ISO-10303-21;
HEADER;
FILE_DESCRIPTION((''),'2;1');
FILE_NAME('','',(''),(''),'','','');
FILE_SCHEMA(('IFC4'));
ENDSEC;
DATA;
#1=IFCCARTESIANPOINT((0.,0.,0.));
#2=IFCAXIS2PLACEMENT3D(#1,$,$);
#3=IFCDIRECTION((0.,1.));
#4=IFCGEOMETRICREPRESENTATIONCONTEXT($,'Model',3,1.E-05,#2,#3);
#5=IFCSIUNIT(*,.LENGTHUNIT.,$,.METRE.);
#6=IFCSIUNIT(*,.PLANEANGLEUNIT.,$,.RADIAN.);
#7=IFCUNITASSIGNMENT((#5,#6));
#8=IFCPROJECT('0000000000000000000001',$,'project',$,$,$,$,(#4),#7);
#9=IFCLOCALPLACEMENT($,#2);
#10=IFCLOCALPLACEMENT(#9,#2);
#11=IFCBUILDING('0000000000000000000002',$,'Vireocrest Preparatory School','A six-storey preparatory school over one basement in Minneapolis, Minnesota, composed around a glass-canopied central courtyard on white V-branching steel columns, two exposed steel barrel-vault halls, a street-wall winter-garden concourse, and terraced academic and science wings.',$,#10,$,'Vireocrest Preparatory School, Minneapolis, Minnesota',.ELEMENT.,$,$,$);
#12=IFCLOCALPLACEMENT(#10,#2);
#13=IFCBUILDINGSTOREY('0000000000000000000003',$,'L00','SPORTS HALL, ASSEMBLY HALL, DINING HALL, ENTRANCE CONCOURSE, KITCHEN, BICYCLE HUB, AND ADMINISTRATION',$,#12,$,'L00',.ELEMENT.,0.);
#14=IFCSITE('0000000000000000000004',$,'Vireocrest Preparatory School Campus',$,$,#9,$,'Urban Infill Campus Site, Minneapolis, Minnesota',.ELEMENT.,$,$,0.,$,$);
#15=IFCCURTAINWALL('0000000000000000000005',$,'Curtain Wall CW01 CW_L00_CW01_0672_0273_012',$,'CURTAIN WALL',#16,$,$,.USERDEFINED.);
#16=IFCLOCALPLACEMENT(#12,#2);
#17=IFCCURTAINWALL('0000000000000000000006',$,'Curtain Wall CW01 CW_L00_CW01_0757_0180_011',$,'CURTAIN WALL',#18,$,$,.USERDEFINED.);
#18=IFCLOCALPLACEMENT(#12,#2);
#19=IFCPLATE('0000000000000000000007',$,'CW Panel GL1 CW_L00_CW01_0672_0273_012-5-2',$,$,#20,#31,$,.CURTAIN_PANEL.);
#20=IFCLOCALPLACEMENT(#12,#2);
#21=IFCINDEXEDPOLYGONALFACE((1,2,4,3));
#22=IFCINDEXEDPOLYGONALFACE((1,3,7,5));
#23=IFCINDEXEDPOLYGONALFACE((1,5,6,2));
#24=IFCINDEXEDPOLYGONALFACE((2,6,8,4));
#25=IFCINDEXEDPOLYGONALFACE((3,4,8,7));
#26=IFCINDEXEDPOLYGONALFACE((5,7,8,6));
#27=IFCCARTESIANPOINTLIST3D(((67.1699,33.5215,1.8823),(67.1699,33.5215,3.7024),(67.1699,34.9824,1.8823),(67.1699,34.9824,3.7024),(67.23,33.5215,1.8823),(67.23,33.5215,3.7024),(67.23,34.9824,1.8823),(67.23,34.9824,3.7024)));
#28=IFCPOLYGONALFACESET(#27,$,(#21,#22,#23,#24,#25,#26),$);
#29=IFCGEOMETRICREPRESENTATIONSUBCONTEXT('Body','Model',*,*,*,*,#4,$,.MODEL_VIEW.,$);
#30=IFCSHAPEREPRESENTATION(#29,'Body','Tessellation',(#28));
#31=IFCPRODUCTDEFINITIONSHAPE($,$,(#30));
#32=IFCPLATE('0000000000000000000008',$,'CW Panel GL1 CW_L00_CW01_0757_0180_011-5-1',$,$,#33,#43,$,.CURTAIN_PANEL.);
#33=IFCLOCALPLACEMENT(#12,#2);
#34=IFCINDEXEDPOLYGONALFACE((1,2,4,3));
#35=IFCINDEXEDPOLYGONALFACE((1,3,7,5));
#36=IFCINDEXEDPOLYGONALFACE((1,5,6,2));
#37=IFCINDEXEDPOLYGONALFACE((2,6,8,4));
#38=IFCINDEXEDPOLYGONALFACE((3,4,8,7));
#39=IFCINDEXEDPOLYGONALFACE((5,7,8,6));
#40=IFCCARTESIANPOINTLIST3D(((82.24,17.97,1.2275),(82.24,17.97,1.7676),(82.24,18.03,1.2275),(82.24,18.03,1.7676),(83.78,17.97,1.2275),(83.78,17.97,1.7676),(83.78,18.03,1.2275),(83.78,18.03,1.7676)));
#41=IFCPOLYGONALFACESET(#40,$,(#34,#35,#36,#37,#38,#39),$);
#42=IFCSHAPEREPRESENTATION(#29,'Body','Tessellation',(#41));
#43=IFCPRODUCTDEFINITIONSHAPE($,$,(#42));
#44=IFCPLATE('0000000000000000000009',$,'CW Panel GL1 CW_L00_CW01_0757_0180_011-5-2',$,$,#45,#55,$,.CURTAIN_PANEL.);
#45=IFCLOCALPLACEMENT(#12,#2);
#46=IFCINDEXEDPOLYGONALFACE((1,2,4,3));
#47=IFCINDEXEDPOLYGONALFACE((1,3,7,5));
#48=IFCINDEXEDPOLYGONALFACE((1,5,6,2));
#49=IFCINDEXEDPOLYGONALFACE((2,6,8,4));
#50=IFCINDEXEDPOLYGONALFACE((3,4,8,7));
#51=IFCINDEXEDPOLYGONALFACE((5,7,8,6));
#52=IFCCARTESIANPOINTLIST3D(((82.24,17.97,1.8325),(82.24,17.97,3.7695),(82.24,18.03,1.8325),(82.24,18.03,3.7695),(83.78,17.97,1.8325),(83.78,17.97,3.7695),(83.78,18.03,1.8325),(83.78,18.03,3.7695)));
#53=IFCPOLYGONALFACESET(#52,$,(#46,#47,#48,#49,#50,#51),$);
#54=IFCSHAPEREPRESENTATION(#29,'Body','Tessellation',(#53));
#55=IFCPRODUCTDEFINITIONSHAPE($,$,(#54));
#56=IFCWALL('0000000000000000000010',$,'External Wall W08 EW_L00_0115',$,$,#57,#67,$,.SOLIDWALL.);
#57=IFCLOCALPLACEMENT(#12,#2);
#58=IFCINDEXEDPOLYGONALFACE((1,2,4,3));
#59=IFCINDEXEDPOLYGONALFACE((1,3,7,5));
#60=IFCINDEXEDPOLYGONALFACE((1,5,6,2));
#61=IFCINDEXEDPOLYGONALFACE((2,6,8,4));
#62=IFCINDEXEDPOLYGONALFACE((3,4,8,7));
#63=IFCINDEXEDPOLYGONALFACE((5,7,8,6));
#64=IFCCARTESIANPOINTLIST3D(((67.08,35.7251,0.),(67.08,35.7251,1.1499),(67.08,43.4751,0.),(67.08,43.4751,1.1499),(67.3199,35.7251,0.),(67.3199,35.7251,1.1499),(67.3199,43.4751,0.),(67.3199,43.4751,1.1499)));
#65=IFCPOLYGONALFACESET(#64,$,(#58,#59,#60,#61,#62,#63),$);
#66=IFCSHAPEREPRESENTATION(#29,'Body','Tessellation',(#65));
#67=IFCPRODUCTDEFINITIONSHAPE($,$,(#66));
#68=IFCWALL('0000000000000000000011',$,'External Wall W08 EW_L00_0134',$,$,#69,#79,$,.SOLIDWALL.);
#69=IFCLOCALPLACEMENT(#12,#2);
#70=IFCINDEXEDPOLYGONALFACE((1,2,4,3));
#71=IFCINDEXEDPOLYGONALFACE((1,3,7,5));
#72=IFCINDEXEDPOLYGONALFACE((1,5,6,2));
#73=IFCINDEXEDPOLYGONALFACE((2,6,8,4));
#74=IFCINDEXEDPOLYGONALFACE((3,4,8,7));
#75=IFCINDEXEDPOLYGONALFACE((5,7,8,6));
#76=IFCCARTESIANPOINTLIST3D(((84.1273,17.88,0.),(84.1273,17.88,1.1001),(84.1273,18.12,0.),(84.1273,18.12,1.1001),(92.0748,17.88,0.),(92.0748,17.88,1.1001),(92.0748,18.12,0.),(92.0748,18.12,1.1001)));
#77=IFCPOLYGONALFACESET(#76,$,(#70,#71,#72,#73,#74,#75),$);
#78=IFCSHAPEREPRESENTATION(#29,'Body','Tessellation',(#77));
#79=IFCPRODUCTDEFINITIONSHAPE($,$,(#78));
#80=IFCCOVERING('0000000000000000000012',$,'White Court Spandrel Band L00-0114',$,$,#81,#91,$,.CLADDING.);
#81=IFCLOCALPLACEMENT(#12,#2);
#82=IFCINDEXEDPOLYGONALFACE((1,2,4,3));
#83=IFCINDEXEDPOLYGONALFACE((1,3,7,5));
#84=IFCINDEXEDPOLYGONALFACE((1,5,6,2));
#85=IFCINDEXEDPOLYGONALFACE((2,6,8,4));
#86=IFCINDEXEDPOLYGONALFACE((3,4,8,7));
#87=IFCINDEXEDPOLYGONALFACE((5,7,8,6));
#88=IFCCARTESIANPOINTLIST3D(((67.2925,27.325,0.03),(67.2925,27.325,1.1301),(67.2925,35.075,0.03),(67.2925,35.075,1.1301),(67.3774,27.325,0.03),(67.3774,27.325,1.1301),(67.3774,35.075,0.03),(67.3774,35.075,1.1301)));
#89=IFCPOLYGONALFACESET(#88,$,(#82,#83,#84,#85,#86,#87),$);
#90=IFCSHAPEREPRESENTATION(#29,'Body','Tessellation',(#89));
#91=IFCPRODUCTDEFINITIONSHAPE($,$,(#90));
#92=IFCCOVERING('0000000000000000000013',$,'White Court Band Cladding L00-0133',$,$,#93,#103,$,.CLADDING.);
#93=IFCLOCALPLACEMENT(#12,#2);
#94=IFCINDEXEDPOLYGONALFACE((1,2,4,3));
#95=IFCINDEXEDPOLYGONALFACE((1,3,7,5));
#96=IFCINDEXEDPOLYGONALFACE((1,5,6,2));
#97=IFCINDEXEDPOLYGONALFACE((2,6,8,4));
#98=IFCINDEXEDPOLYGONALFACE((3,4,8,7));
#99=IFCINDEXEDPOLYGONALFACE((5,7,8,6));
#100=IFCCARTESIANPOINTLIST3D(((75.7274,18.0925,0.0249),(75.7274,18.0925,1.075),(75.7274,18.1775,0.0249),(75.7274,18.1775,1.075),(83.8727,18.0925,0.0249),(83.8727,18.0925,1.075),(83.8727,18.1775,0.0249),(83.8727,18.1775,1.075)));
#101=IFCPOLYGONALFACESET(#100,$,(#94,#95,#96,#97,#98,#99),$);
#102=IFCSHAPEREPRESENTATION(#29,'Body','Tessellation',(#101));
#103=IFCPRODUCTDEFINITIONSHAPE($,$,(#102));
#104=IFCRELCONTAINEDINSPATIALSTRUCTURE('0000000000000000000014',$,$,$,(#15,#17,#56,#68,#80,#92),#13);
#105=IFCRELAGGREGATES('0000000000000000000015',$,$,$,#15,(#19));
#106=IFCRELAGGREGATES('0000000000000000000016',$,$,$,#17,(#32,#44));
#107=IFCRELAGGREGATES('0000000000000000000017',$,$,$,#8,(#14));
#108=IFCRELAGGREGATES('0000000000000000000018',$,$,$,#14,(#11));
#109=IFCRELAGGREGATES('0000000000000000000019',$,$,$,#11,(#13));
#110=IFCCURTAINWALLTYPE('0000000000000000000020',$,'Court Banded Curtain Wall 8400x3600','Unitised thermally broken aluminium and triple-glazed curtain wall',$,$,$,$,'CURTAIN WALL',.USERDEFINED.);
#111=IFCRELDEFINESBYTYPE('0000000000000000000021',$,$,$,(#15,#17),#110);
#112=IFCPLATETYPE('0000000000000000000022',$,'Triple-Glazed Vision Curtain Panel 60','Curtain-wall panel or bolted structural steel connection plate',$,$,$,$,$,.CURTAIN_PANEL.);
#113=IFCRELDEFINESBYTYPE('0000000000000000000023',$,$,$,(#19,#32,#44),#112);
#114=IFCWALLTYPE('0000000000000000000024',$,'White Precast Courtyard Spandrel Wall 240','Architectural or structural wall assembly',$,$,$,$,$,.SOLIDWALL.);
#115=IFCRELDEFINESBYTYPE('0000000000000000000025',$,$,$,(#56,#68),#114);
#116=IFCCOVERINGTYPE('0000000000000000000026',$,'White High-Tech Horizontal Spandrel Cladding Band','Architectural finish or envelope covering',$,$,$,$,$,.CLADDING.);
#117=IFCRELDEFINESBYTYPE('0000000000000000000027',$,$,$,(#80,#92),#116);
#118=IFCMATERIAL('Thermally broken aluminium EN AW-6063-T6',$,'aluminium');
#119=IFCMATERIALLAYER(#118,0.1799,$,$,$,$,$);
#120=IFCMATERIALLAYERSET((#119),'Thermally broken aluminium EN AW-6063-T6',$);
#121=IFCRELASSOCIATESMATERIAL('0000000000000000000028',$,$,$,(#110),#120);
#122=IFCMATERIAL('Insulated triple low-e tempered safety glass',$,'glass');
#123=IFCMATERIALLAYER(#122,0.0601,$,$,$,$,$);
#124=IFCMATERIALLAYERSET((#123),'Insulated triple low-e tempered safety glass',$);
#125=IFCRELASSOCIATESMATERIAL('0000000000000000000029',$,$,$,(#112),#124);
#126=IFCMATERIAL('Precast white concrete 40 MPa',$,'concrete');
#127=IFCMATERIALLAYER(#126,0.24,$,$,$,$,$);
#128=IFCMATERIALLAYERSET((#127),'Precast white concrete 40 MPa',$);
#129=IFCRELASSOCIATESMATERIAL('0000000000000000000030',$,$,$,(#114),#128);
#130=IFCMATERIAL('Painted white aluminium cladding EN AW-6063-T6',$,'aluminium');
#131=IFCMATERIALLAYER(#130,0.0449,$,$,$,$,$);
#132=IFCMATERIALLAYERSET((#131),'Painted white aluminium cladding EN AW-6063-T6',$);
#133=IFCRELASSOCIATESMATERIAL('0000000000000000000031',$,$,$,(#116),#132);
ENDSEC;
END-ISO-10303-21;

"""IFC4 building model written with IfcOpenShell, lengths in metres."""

from ifc_helpers import new_model, si_unit, direction, frame, frame_2d, origin, origin_2d, place, context, subcontext, project, spatial, rectangle, extrude, material, layer, layer_set, type_object, element, aggregate, save


model = new_model("IFC4")

# Units and contexts
model_context = context("Model", 3, precision=1e-05, world=origin(), true_north=direction((0.0, 1.0)))
body_context = subcontext(model_context, "Body", "Model", "MODEL_VIEW")
ifc_project = project(units=[si_unit("LENGTHUNIT", "METRE"), si_unit("PLANEANGLEUNIT", "RADIAN")], contexts=[model_context])

# Site, building, storey
site_placement = place(None, origin())
site = spatial("IfcSite", under=ifc_project, at=site_placement, Name="Vireocrest Preparatory School Campus", LongName="Urban Infill Campus Site, Minneapolis, Minnesota", CompositionType="ELEMENT", RefElevation=0.0)
building_placement = place(site_placement, origin())
building = spatial("IfcBuilding", under=site, at=building_placement, Name="Vireocrest Preparatory School", Description="A six-storey preparatory school over one basement in Minneapolis, Minnesota, composed around a glass-canopied central courtyard on white V-branching steel columns, two exposed steel barrel-vault halls, a street-wall winter-garden concourse, and terraced academic and science wings.", LongName="Vireocrest Preparatory School, Minneapolis, Minnesota", CompositionType="ELEMENT")
storey_placement = place(building_placement, origin())
storey = spatial("IfcBuildingStorey", under=building, at=storey_placement, Name="L00", Description="SPORTS HALL, ASSEMBLY HALL, DINING HALL, ENTRANCE CONCOURSE, KITCHEN, BICYCLE HUB, AND ADMINISTRATION", LongName="L00", CompositionType="ELEMENT", Elevation=0.0)

# Curtain wall
ifc_material_1 = material(Name="Thermally broken aluminium EN AW-6063-T6", Category="aluminium")
ifc_layer_1 = layer(ifc_material_1, 0.1799)
ifc_layer_set_1 = layer_set([ifc_layer_1], Name="Thermally broken aluminium EN AW-6063-T6")
curtain_wall_type = type_object("IfcCurtainWallType", Name="Court Banded Curtain Wall 8400x3600", Description="Unitised thermally broken aluminium and triple-glazed curtain wall", ElementType="CURTAIN WALL", PredefinedType="USERDEFINED", material=ifc_layer_set_1)
curtain_wall_1_placement = place(storey_placement, origin())
curtain_wall_1 = element("IfcCurtainWall", 1, at=curtain_wall_1_placement, inside=storey, type_object=curtain_wall_type, Name="Curtain Wall CW01 CW_L00_CW01_0672_0273_012", ObjectType="CURTAIN WALL", PredefinedType="USERDEFINED")

# Curtain wall
curtain_wall_2_placement = place(storey_placement, origin())
curtain_wall_2 = element("IfcCurtainWall", 2, at=curtain_wall_2_placement, inside=storey, type_object=curtain_wall_type, Name="Curtain Wall CW01 CW_L00_CW01_0757_0180_011", ObjectType="CURTAIN WALL", PredefinedType="USERDEFINED")

# Plates
ifc_material_2 = material(Name="Insulated triple low-e tempered safety glass", Category="glass")
ifc_layer_2 = layer(ifc_material_2, 0.0601)
ifc_layer_set_2 = layer_set([ifc_layer_2], Name="Insulated triple low-e tempered safety glass")
plate_type = type_object("IfcPlateType", Name="Triple-Glazed Vision Curtain Panel 60", Description="Curtain-wall panel or bolted structural steel connection plate", PredefinedType="CURTAIN_PANEL", material=ifc_layer_set_2)
plate_1_placement = place(storey_placement, frame((67.2, 34.252, 1.8823), z_axis=(0.0, 0.0, 1.0), x_axis=(0.0, 1.0, 0.0)))
plate_1 = element("IfcPlate", 3, at=plate_1_placement, type_object=plate_type, Name="CW Panel GL1 CW_L00_CW01_0672_0273_012-5-2", PredefinedType="CURTAIN_PANEL", context=body_context, shape_type="SweptSolid", body=[
    extrude(rectangle(XDim=1.4609, YDim=0.0601, at=origin_2d()), origin(), (0.0, 0.0, 1.0), 1.8201),
])
aggregate(curtain_wall_1, [plate_1])
plate_2_placement = place(storey_placement, frame((83.01, 18.0, 1.2275), z_axis=(0.0, 0.0, 1.0), x_axis=(1.0, 0.0, 0.0)))
plate_2 = element("IfcPlate", 4, at=plate_2_placement, type_object=plate_type, Name="CW Panel GL1 CW_L00_CW01_0757_0180_011-5-1", PredefinedType="CURTAIN_PANEL", context=body_context, shape_type="SweptSolid", body=[
    extrude(rectangle(XDim=1.54, YDim=0.0601, at=origin_2d()), origin(), (0.0, 0.0, 1.0), 0.54),
])
plate_3_placement = place(storey_placement, frame((83.01, 18.0, 1.8325), z_axis=(0.0, 0.0, 1.0), x_axis=(1.0, 0.0, 0.0)))
plate_3 = element("IfcPlate", 5, at=plate_3_placement, type_object=plate_type, Name="CW Panel GL1 CW_L00_CW01_0757_0180_011-5-2", PredefinedType="CURTAIN_PANEL", context=body_context, shape_type="SweptSolid", body=[
    extrude(rectangle(XDim=1.54, YDim=0.0601, at=origin_2d()), origin(), (0.0, 0.0, 1.0), 1.937),
])
aggregate(curtain_wall_2, [plate_2, plate_3])

# Walls
ifc_material_3 = material(Name="Precast white concrete 40 MPa", Category="concrete")
ifc_layer_3 = layer(ifc_material_3, 0.24)
ifc_layer_set_3 = layer_set([ifc_layer_3], Name="Precast white concrete 40 MPa")
wall_type = type_object("IfcWallType", Name="White Precast Courtyard Spandrel Wall 240", Description="Architectural or structural wall assembly", PredefinedType="SOLIDWALL", material=ifc_layer_set_3)
wall_1_placement = place(storey_placement, frame((67.2, 35.7251, 0.0), z_axis=(0.0, 0.0, 1.0), x_axis=(0.0, 1.0, 0.0)))
element("IfcWall", 6, at=wall_1_placement, inside=storey, type_object=wall_type, Name="External Wall W08 EW_L00_0115", PredefinedType="SOLIDWALL", context=body_context, shape_type="SweptSolid", body=[
    extrude(rectangle(XDim=7.75, YDim=0.24, at=frame_2d((3.875, 0.0))), origin(), (0.0, 0.0, 1.0), 1.1499),
])
wall_2_placement = place(storey_placement, frame((84.1274, 18.0, 0.0), z_axis=(0.0, 0.0, 1.0), x_axis=(1.0, 0.0, 0.0)))
element("IfcWall", 7, at=wall_2_placement, inside=storey, type_object=wall_type, Name="External Wall W08 EW_L00_0134", PredefinedType="SOLIDWALL", context=body_context, shape_type="SweptSolid", body=[
    extrude(rectangle(XDim=7.9475, YDim=0.24, at=frame_2d((3.9736, 0.0))), origin(), (0.0, 0.0, 1.0), 1.1001),
])

# Coverings
ifc_material_4 = material(Name="Painted white aluminium cladding EN AW-6063-T6", Category="aluminium")
ifc_layer_4 = layer(ifc_material_4, 0.0449)
ifc_layer_set_4 = layer_set([ifc_layer_4], Name="Painted white aluminium cladding EN AW-6063-T6")
covering_type = type_object("IfcCoveringType", Name="White High-Tech Horizontal Spandrel Cladding Band", Description="Architectural finish or envelope covering", PredefinedType="CLADDING", material=ifc_layer_set_4)
covering_1_placement = place(storey_placement, frame((67.335, 31.2, 0.03), z_axis=(0.0, 0.0, 1.0), x_axis=(1.0, 0.0, 0.0)))
element("IfcCovering", 8, at=covering_1_placement, inside=storey, type_object=covering_type, Name="White Court Spandrel Band L00-0114", PredefinedType="CLADDING", context=body_context, shape_type="SweptSolid", body=[
    extrude(rectangle(XDim=0.085, YDim=7.75, at=origin_2d()), origin(), (0.0, 0.0, 1.0), 1.1001),
])
covering_2_placement = place(storey_placement, frame((79.8, 18.135, 0.0249), z_axis=(0.0, 0.0, 1.0), x_axis=(1.0, 0.0, 0.0)))
element("IfcCovering", 9, at=covering_2_placement, inside=storey, type_object=covering_type, Name="White Court Band Cladding L00-0133", PredefinedType="CLADDING", context=body_context, shape_type="SweptSolid", body=[
    extrude(rectangle(XDim=8.1453, YDim=0.085, at=origin_2d()), origin(), (0.0, 0.0, 1.0), 1.05),
])

save(model, "model.ifc")
